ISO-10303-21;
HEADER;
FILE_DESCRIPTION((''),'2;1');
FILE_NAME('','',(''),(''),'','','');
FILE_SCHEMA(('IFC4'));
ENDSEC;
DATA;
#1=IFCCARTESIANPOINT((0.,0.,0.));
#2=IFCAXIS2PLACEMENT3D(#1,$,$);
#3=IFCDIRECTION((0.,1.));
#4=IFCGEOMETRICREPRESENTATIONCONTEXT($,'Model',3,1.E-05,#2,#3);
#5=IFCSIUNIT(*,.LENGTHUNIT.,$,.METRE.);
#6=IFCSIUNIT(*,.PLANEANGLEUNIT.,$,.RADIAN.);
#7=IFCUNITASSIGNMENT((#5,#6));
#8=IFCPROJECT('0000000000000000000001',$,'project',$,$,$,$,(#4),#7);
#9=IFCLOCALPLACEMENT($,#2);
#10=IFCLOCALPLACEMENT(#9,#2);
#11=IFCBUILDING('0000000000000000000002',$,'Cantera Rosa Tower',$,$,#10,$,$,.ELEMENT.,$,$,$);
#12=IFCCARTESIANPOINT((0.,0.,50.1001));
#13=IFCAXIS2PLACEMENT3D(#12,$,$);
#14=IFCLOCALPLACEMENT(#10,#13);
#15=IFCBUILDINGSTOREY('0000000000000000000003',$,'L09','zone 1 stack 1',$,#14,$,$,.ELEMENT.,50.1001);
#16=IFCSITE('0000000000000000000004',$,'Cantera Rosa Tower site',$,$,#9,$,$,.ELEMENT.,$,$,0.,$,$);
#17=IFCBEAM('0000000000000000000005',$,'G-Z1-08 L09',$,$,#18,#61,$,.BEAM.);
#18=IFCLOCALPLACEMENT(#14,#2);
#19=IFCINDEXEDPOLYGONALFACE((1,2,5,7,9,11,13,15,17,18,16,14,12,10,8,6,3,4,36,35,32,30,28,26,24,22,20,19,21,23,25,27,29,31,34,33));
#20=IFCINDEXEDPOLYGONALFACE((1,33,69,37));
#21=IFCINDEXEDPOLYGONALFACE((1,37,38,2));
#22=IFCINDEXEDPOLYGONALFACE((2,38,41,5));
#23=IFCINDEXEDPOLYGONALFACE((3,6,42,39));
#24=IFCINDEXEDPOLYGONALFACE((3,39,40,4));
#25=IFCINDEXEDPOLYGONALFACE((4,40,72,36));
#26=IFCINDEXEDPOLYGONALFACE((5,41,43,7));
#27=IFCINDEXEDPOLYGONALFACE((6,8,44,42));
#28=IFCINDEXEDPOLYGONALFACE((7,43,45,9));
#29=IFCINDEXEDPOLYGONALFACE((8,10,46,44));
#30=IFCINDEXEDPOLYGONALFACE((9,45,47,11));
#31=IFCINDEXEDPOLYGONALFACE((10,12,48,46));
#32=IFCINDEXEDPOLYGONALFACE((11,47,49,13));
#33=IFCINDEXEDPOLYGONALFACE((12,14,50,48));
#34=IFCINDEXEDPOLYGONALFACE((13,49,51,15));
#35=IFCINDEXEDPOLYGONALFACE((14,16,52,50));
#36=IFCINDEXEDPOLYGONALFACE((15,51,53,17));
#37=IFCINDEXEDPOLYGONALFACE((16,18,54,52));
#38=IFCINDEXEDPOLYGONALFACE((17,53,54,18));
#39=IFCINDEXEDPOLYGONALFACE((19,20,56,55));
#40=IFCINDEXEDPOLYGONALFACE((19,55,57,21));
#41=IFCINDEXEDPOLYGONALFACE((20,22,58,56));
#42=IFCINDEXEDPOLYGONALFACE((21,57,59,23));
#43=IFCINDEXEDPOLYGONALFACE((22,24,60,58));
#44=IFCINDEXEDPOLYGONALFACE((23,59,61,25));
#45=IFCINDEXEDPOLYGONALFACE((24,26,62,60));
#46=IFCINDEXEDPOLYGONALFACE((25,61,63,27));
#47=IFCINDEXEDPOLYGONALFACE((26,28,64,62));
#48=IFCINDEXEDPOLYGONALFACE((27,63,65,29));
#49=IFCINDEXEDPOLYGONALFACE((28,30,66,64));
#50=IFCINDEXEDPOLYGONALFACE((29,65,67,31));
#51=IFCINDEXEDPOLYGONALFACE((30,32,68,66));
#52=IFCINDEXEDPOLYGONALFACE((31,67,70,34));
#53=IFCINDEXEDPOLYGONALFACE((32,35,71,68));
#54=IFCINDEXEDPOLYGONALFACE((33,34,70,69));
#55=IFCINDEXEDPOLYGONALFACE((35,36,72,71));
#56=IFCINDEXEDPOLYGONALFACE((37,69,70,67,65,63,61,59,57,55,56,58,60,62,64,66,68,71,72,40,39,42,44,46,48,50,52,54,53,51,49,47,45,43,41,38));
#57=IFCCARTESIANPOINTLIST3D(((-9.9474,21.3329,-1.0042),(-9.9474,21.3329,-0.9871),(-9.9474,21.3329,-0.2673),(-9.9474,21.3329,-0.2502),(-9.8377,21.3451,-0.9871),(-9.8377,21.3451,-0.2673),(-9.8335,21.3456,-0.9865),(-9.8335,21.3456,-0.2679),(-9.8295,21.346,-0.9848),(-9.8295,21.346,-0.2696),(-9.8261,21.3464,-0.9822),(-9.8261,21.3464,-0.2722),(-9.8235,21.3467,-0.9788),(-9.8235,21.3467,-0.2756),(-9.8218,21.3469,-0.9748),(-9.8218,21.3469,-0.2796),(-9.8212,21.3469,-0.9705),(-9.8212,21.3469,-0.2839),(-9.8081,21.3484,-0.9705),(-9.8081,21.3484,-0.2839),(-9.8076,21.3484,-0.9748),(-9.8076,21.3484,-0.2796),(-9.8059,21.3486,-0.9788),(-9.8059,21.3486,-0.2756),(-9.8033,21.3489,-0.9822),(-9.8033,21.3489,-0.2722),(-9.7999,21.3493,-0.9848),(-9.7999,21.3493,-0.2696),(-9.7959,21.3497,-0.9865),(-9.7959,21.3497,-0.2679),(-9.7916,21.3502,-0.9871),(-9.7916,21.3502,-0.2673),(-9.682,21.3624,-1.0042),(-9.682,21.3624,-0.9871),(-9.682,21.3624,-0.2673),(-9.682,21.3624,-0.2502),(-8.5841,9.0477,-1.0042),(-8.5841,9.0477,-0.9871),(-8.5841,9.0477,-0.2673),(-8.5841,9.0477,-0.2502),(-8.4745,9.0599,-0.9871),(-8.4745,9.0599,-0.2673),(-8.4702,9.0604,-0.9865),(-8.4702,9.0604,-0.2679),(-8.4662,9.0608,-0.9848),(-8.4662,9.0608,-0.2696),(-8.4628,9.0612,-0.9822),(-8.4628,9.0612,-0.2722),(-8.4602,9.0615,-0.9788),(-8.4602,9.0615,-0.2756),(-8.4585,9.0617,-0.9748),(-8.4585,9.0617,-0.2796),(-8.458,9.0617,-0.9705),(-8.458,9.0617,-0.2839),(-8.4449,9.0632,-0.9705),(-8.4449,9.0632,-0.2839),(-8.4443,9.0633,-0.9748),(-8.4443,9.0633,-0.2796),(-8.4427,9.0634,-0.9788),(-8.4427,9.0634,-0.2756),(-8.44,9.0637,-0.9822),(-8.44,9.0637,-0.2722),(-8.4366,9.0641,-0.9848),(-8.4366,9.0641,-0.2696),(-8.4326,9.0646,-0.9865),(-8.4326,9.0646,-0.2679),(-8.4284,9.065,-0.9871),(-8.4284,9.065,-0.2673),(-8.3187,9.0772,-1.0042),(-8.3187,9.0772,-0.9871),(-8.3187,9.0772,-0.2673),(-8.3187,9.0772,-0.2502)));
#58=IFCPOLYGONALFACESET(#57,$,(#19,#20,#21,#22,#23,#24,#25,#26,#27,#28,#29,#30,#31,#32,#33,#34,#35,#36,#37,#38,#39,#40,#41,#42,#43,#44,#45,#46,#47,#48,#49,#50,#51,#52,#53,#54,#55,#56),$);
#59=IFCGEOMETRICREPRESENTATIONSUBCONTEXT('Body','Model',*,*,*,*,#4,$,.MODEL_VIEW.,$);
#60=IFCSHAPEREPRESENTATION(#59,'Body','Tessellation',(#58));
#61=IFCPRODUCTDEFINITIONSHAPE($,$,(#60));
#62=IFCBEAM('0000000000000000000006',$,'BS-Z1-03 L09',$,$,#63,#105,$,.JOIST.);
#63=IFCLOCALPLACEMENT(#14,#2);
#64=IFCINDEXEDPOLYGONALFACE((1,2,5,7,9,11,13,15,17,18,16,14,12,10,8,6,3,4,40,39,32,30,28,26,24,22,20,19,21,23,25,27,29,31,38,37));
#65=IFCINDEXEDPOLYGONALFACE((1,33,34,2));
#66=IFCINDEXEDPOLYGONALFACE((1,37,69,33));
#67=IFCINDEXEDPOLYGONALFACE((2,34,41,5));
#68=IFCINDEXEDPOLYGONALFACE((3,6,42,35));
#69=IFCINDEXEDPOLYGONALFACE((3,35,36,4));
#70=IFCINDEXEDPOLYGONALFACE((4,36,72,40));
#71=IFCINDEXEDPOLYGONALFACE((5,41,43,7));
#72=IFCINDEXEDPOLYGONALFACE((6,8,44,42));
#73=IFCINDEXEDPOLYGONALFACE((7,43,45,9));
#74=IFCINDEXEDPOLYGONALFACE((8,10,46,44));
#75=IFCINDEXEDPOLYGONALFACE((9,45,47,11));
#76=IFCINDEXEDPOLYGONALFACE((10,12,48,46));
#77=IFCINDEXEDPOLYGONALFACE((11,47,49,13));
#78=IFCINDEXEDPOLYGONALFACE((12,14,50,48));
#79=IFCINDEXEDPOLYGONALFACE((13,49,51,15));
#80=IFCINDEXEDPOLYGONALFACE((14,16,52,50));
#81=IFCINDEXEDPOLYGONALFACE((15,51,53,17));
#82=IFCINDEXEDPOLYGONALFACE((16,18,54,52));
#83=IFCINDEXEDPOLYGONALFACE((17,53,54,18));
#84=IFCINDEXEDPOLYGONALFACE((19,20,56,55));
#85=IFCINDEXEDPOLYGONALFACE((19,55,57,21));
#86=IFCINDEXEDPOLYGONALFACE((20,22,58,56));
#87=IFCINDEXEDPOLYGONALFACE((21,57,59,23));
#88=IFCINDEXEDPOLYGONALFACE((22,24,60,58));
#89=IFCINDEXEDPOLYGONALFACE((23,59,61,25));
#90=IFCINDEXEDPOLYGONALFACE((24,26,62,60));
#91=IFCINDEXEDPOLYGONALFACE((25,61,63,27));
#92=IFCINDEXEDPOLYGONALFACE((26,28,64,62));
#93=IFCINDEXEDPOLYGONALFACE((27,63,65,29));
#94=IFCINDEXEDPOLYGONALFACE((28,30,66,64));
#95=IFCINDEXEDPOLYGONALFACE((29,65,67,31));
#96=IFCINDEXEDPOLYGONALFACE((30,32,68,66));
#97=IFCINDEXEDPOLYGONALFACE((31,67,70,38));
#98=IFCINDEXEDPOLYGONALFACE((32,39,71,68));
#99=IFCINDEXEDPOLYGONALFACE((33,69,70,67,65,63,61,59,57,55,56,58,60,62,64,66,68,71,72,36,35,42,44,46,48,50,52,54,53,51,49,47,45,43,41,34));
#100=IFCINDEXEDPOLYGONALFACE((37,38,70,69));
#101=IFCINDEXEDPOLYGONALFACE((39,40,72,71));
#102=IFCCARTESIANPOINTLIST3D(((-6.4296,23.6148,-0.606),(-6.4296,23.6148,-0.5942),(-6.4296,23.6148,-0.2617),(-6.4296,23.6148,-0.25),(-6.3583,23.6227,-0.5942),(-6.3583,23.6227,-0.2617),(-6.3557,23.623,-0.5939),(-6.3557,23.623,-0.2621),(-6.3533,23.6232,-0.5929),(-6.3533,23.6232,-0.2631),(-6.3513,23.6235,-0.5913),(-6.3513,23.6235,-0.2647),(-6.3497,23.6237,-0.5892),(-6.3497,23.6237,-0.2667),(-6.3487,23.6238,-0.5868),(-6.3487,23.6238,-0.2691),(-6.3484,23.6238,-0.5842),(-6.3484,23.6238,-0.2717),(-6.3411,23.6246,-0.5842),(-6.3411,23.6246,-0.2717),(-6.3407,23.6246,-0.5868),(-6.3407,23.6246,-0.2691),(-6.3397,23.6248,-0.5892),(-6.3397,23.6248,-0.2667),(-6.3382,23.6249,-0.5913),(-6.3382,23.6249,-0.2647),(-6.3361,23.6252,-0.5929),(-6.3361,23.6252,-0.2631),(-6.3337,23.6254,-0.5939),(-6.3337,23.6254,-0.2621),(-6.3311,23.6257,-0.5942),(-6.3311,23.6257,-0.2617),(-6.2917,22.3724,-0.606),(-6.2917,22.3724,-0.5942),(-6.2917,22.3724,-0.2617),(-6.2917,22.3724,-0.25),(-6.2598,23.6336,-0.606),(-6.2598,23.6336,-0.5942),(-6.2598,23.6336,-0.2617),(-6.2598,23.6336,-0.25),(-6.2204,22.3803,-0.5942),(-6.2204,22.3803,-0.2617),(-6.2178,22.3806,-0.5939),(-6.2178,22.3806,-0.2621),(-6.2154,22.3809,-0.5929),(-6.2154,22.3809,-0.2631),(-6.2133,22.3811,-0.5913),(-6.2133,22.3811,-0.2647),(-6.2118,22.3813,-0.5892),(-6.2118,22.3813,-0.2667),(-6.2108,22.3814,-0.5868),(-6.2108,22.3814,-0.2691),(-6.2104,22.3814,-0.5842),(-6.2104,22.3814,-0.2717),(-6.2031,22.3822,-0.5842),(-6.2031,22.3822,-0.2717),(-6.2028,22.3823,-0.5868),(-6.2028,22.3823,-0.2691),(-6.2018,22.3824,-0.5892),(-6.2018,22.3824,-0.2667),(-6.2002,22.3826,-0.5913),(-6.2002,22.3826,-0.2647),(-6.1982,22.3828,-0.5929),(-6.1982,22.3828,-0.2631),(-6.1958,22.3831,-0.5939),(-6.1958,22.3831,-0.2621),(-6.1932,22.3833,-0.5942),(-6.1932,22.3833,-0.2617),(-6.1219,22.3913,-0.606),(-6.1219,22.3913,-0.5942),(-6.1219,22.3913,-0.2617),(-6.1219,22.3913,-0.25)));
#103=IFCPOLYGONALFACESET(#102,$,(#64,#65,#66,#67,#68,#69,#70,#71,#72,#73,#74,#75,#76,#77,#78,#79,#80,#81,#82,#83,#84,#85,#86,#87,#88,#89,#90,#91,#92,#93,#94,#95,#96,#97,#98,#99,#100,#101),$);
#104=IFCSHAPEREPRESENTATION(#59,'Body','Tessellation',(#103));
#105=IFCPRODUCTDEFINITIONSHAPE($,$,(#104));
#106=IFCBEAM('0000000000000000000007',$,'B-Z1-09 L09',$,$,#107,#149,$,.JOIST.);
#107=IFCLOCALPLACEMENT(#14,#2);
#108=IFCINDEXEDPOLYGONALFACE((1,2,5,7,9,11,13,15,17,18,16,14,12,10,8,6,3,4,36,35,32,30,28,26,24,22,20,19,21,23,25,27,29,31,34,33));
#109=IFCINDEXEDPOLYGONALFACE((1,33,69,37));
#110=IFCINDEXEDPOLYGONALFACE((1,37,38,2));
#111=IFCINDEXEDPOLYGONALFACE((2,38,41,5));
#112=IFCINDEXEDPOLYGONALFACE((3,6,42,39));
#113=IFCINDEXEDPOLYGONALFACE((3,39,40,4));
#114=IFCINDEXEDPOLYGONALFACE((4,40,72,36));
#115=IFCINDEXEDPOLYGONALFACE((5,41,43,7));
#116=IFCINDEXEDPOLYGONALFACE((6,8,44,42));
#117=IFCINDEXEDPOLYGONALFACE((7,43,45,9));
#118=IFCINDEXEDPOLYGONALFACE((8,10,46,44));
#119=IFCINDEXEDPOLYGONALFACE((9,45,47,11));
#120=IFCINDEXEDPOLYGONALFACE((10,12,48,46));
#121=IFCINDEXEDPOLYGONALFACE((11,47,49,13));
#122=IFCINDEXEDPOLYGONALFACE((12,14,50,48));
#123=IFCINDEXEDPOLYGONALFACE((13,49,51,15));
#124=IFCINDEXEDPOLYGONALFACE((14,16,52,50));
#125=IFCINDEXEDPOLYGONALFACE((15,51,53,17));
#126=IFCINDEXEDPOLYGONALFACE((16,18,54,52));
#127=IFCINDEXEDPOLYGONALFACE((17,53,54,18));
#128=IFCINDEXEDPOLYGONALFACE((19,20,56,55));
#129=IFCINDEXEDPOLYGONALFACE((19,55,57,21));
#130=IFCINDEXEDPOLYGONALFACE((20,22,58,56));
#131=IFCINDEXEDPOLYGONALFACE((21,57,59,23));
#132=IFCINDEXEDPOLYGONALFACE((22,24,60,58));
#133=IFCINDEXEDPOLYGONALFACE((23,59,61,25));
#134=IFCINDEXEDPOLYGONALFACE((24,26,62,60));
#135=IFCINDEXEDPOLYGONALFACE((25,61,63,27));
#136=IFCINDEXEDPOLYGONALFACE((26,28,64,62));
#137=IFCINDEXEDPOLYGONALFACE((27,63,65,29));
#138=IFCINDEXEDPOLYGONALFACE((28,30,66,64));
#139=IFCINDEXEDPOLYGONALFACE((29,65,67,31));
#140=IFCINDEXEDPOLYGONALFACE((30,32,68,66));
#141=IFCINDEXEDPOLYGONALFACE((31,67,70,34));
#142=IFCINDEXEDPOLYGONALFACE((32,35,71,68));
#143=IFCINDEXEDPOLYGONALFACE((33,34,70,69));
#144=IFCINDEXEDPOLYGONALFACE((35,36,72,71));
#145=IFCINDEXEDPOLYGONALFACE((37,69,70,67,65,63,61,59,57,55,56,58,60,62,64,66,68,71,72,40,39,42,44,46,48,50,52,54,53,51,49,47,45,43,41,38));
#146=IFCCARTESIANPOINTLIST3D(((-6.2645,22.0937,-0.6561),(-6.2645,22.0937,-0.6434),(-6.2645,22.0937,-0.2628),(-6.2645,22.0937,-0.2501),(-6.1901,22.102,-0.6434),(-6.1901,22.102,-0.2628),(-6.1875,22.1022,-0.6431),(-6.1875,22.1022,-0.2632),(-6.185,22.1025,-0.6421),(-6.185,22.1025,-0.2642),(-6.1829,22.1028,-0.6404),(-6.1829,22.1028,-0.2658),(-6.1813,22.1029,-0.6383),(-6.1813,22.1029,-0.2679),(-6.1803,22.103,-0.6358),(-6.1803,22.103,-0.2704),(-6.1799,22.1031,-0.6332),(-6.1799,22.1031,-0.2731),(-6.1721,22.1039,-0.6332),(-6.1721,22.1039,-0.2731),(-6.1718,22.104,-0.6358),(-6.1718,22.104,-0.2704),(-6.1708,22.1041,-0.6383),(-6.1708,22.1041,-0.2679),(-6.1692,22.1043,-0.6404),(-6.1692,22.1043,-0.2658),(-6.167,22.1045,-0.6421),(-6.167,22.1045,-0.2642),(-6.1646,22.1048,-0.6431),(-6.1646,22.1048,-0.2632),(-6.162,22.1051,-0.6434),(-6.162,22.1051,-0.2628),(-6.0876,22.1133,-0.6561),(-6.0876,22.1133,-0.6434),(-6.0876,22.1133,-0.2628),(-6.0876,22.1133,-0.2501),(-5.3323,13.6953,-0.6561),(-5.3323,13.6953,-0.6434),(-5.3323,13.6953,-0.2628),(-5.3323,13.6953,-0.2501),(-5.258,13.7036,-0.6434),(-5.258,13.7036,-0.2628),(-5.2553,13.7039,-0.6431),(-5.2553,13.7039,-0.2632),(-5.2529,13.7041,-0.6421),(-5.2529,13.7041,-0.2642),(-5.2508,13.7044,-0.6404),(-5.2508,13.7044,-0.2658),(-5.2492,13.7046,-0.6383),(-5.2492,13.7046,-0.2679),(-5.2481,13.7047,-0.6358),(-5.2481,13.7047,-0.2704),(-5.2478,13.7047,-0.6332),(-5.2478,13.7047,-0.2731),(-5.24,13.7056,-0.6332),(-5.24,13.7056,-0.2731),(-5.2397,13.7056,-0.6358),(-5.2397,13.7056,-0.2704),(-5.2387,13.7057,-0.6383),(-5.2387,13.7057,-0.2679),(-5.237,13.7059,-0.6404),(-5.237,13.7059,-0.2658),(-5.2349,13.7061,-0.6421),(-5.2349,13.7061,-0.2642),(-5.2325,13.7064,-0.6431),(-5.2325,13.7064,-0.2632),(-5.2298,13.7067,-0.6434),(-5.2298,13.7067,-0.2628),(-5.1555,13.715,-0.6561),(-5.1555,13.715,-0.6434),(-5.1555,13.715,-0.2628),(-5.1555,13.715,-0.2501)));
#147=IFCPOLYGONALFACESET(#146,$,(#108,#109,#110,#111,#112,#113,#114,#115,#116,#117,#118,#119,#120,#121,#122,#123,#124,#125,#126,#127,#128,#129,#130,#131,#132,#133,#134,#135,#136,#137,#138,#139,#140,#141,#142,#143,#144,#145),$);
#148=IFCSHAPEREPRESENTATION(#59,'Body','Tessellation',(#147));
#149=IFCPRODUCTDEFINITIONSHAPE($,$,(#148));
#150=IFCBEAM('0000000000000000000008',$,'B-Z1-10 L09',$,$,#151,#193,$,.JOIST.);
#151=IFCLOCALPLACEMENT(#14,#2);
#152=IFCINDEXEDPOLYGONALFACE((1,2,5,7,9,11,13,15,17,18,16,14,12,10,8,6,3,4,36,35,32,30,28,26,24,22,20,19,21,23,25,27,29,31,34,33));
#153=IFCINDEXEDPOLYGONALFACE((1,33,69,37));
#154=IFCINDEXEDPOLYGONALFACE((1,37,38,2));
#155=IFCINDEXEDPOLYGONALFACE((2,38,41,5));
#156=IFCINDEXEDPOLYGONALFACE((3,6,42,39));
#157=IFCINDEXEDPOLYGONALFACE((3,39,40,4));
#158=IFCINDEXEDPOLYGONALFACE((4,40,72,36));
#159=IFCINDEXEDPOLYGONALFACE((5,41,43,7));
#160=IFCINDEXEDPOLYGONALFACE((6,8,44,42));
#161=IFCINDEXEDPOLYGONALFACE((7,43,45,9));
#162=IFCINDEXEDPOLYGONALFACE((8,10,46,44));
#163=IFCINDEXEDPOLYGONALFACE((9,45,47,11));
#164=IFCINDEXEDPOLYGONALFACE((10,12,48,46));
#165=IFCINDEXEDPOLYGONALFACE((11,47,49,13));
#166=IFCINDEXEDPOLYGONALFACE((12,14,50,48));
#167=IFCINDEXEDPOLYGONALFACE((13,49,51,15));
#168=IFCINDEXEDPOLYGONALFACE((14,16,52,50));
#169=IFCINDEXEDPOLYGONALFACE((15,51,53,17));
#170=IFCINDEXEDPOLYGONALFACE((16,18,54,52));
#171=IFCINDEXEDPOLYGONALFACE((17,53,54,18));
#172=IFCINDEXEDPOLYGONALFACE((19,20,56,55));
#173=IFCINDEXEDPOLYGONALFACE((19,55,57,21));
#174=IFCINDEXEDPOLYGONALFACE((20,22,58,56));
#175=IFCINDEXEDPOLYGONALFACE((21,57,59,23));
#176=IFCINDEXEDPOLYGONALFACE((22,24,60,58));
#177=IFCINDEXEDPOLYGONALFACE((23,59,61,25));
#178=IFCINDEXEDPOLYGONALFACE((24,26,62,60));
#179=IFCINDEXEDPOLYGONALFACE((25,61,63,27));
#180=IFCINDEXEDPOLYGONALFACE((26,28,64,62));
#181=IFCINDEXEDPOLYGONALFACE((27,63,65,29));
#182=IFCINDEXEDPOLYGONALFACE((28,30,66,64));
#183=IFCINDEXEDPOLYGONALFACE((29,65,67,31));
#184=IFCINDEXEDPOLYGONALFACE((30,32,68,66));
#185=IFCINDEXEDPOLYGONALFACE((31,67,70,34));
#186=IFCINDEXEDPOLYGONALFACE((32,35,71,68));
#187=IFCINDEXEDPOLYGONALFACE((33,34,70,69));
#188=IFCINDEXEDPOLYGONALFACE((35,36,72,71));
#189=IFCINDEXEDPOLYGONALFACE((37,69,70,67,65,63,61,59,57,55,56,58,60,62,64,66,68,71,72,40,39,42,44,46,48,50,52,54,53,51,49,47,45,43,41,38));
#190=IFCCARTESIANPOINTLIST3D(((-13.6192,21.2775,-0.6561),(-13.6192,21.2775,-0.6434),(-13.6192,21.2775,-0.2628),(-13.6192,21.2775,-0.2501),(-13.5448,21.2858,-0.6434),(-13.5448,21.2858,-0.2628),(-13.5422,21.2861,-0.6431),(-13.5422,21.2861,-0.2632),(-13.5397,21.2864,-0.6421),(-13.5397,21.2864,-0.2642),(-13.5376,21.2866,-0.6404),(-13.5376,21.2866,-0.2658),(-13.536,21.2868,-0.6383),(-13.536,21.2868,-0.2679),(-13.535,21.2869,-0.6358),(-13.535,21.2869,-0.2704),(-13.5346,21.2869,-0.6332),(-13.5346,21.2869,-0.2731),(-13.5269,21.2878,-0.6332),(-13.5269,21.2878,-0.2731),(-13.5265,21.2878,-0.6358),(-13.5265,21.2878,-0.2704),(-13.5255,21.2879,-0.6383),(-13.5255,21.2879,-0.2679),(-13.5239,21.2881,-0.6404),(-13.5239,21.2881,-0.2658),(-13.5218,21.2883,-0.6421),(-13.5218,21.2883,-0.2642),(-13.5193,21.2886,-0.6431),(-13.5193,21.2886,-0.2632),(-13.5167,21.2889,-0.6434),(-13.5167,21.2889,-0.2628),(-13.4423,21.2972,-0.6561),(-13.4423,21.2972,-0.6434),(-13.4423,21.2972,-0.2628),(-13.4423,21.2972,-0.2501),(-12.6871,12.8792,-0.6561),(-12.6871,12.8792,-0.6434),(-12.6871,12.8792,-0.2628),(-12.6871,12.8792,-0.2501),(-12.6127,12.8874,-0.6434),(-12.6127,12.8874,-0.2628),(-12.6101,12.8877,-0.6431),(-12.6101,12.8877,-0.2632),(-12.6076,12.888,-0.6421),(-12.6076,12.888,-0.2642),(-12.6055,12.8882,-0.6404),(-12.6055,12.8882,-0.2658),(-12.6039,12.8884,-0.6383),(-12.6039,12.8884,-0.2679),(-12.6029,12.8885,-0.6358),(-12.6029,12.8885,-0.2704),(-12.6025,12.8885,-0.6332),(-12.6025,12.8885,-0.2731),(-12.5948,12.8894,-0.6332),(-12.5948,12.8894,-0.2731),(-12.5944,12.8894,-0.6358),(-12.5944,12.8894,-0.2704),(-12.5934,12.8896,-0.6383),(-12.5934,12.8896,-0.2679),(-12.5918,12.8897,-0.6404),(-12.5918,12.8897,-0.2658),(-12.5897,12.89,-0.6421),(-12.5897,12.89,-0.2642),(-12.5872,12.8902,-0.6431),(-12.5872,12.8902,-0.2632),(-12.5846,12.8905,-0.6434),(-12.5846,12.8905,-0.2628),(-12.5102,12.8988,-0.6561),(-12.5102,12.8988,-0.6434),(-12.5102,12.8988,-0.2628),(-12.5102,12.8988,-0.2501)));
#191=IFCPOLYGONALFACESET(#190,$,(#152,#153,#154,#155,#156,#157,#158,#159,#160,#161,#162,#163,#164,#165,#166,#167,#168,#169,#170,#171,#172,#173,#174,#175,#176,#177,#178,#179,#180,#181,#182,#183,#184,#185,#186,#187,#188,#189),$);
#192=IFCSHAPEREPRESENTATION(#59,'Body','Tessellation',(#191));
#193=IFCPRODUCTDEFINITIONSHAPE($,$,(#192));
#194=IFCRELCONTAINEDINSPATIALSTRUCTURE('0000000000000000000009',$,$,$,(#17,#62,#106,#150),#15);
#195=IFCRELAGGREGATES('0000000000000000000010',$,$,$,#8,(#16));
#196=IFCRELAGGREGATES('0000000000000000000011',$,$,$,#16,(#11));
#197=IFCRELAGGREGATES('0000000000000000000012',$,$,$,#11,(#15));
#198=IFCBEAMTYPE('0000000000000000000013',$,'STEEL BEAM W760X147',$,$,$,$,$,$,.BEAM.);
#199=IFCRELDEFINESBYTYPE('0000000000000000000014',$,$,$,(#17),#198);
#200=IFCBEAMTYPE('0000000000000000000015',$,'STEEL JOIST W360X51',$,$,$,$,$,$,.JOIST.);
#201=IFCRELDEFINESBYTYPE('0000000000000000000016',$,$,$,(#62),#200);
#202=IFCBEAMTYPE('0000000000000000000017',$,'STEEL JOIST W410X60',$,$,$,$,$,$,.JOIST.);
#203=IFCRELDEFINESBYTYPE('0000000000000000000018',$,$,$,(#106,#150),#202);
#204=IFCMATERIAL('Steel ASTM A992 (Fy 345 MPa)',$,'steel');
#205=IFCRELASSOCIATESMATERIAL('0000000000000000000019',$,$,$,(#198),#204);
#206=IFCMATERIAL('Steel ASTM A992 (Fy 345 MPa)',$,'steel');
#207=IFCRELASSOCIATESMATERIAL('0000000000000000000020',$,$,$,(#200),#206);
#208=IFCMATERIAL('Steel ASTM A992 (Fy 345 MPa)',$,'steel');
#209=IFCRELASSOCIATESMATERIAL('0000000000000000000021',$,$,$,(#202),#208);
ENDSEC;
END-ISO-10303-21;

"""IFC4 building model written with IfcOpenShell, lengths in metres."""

from ifc_helpers import new_model, si_unit, direction, frame, origin, origin_2d, place, context, subcontext, project, spatial, i_section, extrude, material, material_profile, profile_set, type_object, element, save


model = new_model("IFC4")

# Units and contexts
model_context = context("Model", 3, precision=1e-05, world=origin(), true_north=direction((0.0, 1.0)))
body_context = subcontext(model_context, "Body", "Model", "MODEL_VIEW")
ifc_project = project(units=[si_unit("LENGTHUNIT", "METRE"), si_unit("PLANEANGLEUNIT", "RADIAN")], contexts=[model_context])

# Site, building, storey
site_placement = place(None, origin())
site = spatial("IfcSite", under=ifc_project, at=site_placement, Name="Cantera Rosa Tower site", CompositionType="ELEMENT", RefElevation=0.0)
building_placement = place(site_placement, origin())
building = spatial("IfcBuilding", under=site, at=building_placement, Name="Cantera Rosa Tower", CompositionType="ELEMENT")
storey_placement = place(building_placement, frame((0.0, 0.0, 50.1001)))
storey = spatial("IfcBuildingStorey", under=building, at=storey_placement, Name="L09", Description="zone 1 stack 1", CompositionType="ELEMENT", Elevation=50.1001)

# Beams
ifc_material_1 = material(Name="Steel ASTM A992 (Fy 345 MPa)", Category="steel")
ifc_material_profile_1 = material_profile(ifc_material_1, i_section(OverallWidth=0.2671, OverallDepth=0.7539, WebThickness=0.0132, FlangeThickness=0.0171, FilletRadius=0.0166, at=origin_2d()), Name="W760X147")
ifc_profile_set_1 = profile_set([ifc_material_profile_1], Name="Steel ASTM A992 (Fy 345 MPa)")
beam_type_1 = type_object("IfcBeamType", Name="STEEL BEAM W760X147", PredefinedType="BEAM", material=ifc_profile_set_1)
beam_1_placement = place(storey_placement, frame((-9.8147, 21.3477, -0.6272), z_axis=(0.110293, -0.993899, 0.0), x_axis=(0.993899, 0.110293, 0.0)))
element("IfcBeam", 1, at=beam_1_placement, inside=storey, type_object=beam_type_1, Name="G-Z1-08 L09", PredefinedType="BEAM", context=body_context, shape_type="SweptSolid", body=[
    extrude(i_section(OverallWidth=0.2671, OverallDepth=0.7539, WebThickness=0.0132, FlangeThickness=0.0171, FilletRadius=0.0166, at=origin_2d()), origin(), (0.0, 0.0, 1.0), 12.3606),
])
ifc_material_2 = material(Name="Steel ASTM A992 (Fy 345 MPa)", Category="steel")
ifc_material_profile_2 = material_profile(ifc_material_2, i_section(OverallWidth=0.1709, OverallDepth=0.356, WebThickness=0.0073, FlangeThickness=0.0117, FilletRadius=0.01, at=origin_2d()), Name="W360X51")
ifc_profile_set_2 = profile_set([ifc_material_profile_2], Name="Steel ASTM A992 (Fy 345 MPa)")
beam_type_2 = type_object("IfcBeamType", Name="STEEL JOIST W360X51", PredefinedType="JOIST", material=ifc_profile_set_2)
beam_2_placement = place(storey_placement, frame((-6.2068, 22.3818, -0.428), z_axis=(-0.110346, 0.993893, 0.0), x_axis=(-0.993893, -0.110346, 0.0)))
element("IfcBeam", 2, at=beam_2_placement, inside=storey, type_object=beam_type_2, Name="BS-Z1-03 L09", PredefinedType="JOIST", context=body_context, shape_type="SweptSolid", body=[
    extrude(i_section(OverallWidth=0.1709, OverallDepth=0.356, WebThickness=0.0073, FlangeThickness=0.0117, FilletRadius=0.01, at=origin_2d()), origin(), (0.0, 0.0, 1.0), 1.25),
])
ifc_material_3 = material(Name="Steel ASTM A992 (Fy 345 MPa)", Category="steel")
ifc_material_profile_3 = material_profile(ifc_material_3, i_section(OverallWidth=0.178, OverallDepth=0.406, WebThickness=0.0078, FlangeThickness=0.0127, FilletRadius=0.0103, at=origin_2d()), Name="W410X60")
ifc_profile_set_3 = profile_set([ifc_material_profile_3], Name="Steel ASTM A992 (Fy 345 MPa)")
beam_type_3 = type_object("IfcBeamType", Name="STEEL JOIST W410X60", PredefinedType="JOIST", material=ifc_profile_set_3)
for number, where, z_axis, x_axis, name in (
    (3, (-6.176, 22.1035, -0.4531), (0.110311, -0.993897, 0.0), (0.993897, 0.110311, 0.0), "B-Z1-09 L09"),
    (4, (-13.5308, 21.2874, -0.4531), (0.110311, -0.993897, 0.0), (0.993897, 0.110311, 0.0), "B-Z1-10 L09"),
):
    element("IfcBeam", number, at=place(storey_placement, frame(where, z_axis=z_axis, x_axis=x_axis)), inside=storey, type_object=beam_type_3, Name=name, PredefinedType="JOIST", context=body_context, shape_type="SweptSolid", body=[
        extrude(i_section(OverallWidth=0.178, OverallDepth=0.406, WebThickness=0.0078, FlangeThickness=0.0127, FilletRadius=0.0103, at=origin_2d()), origin(), (0.0, 0.0, 1.0), 8.45),
    ])

save(model, "model.ifc")
